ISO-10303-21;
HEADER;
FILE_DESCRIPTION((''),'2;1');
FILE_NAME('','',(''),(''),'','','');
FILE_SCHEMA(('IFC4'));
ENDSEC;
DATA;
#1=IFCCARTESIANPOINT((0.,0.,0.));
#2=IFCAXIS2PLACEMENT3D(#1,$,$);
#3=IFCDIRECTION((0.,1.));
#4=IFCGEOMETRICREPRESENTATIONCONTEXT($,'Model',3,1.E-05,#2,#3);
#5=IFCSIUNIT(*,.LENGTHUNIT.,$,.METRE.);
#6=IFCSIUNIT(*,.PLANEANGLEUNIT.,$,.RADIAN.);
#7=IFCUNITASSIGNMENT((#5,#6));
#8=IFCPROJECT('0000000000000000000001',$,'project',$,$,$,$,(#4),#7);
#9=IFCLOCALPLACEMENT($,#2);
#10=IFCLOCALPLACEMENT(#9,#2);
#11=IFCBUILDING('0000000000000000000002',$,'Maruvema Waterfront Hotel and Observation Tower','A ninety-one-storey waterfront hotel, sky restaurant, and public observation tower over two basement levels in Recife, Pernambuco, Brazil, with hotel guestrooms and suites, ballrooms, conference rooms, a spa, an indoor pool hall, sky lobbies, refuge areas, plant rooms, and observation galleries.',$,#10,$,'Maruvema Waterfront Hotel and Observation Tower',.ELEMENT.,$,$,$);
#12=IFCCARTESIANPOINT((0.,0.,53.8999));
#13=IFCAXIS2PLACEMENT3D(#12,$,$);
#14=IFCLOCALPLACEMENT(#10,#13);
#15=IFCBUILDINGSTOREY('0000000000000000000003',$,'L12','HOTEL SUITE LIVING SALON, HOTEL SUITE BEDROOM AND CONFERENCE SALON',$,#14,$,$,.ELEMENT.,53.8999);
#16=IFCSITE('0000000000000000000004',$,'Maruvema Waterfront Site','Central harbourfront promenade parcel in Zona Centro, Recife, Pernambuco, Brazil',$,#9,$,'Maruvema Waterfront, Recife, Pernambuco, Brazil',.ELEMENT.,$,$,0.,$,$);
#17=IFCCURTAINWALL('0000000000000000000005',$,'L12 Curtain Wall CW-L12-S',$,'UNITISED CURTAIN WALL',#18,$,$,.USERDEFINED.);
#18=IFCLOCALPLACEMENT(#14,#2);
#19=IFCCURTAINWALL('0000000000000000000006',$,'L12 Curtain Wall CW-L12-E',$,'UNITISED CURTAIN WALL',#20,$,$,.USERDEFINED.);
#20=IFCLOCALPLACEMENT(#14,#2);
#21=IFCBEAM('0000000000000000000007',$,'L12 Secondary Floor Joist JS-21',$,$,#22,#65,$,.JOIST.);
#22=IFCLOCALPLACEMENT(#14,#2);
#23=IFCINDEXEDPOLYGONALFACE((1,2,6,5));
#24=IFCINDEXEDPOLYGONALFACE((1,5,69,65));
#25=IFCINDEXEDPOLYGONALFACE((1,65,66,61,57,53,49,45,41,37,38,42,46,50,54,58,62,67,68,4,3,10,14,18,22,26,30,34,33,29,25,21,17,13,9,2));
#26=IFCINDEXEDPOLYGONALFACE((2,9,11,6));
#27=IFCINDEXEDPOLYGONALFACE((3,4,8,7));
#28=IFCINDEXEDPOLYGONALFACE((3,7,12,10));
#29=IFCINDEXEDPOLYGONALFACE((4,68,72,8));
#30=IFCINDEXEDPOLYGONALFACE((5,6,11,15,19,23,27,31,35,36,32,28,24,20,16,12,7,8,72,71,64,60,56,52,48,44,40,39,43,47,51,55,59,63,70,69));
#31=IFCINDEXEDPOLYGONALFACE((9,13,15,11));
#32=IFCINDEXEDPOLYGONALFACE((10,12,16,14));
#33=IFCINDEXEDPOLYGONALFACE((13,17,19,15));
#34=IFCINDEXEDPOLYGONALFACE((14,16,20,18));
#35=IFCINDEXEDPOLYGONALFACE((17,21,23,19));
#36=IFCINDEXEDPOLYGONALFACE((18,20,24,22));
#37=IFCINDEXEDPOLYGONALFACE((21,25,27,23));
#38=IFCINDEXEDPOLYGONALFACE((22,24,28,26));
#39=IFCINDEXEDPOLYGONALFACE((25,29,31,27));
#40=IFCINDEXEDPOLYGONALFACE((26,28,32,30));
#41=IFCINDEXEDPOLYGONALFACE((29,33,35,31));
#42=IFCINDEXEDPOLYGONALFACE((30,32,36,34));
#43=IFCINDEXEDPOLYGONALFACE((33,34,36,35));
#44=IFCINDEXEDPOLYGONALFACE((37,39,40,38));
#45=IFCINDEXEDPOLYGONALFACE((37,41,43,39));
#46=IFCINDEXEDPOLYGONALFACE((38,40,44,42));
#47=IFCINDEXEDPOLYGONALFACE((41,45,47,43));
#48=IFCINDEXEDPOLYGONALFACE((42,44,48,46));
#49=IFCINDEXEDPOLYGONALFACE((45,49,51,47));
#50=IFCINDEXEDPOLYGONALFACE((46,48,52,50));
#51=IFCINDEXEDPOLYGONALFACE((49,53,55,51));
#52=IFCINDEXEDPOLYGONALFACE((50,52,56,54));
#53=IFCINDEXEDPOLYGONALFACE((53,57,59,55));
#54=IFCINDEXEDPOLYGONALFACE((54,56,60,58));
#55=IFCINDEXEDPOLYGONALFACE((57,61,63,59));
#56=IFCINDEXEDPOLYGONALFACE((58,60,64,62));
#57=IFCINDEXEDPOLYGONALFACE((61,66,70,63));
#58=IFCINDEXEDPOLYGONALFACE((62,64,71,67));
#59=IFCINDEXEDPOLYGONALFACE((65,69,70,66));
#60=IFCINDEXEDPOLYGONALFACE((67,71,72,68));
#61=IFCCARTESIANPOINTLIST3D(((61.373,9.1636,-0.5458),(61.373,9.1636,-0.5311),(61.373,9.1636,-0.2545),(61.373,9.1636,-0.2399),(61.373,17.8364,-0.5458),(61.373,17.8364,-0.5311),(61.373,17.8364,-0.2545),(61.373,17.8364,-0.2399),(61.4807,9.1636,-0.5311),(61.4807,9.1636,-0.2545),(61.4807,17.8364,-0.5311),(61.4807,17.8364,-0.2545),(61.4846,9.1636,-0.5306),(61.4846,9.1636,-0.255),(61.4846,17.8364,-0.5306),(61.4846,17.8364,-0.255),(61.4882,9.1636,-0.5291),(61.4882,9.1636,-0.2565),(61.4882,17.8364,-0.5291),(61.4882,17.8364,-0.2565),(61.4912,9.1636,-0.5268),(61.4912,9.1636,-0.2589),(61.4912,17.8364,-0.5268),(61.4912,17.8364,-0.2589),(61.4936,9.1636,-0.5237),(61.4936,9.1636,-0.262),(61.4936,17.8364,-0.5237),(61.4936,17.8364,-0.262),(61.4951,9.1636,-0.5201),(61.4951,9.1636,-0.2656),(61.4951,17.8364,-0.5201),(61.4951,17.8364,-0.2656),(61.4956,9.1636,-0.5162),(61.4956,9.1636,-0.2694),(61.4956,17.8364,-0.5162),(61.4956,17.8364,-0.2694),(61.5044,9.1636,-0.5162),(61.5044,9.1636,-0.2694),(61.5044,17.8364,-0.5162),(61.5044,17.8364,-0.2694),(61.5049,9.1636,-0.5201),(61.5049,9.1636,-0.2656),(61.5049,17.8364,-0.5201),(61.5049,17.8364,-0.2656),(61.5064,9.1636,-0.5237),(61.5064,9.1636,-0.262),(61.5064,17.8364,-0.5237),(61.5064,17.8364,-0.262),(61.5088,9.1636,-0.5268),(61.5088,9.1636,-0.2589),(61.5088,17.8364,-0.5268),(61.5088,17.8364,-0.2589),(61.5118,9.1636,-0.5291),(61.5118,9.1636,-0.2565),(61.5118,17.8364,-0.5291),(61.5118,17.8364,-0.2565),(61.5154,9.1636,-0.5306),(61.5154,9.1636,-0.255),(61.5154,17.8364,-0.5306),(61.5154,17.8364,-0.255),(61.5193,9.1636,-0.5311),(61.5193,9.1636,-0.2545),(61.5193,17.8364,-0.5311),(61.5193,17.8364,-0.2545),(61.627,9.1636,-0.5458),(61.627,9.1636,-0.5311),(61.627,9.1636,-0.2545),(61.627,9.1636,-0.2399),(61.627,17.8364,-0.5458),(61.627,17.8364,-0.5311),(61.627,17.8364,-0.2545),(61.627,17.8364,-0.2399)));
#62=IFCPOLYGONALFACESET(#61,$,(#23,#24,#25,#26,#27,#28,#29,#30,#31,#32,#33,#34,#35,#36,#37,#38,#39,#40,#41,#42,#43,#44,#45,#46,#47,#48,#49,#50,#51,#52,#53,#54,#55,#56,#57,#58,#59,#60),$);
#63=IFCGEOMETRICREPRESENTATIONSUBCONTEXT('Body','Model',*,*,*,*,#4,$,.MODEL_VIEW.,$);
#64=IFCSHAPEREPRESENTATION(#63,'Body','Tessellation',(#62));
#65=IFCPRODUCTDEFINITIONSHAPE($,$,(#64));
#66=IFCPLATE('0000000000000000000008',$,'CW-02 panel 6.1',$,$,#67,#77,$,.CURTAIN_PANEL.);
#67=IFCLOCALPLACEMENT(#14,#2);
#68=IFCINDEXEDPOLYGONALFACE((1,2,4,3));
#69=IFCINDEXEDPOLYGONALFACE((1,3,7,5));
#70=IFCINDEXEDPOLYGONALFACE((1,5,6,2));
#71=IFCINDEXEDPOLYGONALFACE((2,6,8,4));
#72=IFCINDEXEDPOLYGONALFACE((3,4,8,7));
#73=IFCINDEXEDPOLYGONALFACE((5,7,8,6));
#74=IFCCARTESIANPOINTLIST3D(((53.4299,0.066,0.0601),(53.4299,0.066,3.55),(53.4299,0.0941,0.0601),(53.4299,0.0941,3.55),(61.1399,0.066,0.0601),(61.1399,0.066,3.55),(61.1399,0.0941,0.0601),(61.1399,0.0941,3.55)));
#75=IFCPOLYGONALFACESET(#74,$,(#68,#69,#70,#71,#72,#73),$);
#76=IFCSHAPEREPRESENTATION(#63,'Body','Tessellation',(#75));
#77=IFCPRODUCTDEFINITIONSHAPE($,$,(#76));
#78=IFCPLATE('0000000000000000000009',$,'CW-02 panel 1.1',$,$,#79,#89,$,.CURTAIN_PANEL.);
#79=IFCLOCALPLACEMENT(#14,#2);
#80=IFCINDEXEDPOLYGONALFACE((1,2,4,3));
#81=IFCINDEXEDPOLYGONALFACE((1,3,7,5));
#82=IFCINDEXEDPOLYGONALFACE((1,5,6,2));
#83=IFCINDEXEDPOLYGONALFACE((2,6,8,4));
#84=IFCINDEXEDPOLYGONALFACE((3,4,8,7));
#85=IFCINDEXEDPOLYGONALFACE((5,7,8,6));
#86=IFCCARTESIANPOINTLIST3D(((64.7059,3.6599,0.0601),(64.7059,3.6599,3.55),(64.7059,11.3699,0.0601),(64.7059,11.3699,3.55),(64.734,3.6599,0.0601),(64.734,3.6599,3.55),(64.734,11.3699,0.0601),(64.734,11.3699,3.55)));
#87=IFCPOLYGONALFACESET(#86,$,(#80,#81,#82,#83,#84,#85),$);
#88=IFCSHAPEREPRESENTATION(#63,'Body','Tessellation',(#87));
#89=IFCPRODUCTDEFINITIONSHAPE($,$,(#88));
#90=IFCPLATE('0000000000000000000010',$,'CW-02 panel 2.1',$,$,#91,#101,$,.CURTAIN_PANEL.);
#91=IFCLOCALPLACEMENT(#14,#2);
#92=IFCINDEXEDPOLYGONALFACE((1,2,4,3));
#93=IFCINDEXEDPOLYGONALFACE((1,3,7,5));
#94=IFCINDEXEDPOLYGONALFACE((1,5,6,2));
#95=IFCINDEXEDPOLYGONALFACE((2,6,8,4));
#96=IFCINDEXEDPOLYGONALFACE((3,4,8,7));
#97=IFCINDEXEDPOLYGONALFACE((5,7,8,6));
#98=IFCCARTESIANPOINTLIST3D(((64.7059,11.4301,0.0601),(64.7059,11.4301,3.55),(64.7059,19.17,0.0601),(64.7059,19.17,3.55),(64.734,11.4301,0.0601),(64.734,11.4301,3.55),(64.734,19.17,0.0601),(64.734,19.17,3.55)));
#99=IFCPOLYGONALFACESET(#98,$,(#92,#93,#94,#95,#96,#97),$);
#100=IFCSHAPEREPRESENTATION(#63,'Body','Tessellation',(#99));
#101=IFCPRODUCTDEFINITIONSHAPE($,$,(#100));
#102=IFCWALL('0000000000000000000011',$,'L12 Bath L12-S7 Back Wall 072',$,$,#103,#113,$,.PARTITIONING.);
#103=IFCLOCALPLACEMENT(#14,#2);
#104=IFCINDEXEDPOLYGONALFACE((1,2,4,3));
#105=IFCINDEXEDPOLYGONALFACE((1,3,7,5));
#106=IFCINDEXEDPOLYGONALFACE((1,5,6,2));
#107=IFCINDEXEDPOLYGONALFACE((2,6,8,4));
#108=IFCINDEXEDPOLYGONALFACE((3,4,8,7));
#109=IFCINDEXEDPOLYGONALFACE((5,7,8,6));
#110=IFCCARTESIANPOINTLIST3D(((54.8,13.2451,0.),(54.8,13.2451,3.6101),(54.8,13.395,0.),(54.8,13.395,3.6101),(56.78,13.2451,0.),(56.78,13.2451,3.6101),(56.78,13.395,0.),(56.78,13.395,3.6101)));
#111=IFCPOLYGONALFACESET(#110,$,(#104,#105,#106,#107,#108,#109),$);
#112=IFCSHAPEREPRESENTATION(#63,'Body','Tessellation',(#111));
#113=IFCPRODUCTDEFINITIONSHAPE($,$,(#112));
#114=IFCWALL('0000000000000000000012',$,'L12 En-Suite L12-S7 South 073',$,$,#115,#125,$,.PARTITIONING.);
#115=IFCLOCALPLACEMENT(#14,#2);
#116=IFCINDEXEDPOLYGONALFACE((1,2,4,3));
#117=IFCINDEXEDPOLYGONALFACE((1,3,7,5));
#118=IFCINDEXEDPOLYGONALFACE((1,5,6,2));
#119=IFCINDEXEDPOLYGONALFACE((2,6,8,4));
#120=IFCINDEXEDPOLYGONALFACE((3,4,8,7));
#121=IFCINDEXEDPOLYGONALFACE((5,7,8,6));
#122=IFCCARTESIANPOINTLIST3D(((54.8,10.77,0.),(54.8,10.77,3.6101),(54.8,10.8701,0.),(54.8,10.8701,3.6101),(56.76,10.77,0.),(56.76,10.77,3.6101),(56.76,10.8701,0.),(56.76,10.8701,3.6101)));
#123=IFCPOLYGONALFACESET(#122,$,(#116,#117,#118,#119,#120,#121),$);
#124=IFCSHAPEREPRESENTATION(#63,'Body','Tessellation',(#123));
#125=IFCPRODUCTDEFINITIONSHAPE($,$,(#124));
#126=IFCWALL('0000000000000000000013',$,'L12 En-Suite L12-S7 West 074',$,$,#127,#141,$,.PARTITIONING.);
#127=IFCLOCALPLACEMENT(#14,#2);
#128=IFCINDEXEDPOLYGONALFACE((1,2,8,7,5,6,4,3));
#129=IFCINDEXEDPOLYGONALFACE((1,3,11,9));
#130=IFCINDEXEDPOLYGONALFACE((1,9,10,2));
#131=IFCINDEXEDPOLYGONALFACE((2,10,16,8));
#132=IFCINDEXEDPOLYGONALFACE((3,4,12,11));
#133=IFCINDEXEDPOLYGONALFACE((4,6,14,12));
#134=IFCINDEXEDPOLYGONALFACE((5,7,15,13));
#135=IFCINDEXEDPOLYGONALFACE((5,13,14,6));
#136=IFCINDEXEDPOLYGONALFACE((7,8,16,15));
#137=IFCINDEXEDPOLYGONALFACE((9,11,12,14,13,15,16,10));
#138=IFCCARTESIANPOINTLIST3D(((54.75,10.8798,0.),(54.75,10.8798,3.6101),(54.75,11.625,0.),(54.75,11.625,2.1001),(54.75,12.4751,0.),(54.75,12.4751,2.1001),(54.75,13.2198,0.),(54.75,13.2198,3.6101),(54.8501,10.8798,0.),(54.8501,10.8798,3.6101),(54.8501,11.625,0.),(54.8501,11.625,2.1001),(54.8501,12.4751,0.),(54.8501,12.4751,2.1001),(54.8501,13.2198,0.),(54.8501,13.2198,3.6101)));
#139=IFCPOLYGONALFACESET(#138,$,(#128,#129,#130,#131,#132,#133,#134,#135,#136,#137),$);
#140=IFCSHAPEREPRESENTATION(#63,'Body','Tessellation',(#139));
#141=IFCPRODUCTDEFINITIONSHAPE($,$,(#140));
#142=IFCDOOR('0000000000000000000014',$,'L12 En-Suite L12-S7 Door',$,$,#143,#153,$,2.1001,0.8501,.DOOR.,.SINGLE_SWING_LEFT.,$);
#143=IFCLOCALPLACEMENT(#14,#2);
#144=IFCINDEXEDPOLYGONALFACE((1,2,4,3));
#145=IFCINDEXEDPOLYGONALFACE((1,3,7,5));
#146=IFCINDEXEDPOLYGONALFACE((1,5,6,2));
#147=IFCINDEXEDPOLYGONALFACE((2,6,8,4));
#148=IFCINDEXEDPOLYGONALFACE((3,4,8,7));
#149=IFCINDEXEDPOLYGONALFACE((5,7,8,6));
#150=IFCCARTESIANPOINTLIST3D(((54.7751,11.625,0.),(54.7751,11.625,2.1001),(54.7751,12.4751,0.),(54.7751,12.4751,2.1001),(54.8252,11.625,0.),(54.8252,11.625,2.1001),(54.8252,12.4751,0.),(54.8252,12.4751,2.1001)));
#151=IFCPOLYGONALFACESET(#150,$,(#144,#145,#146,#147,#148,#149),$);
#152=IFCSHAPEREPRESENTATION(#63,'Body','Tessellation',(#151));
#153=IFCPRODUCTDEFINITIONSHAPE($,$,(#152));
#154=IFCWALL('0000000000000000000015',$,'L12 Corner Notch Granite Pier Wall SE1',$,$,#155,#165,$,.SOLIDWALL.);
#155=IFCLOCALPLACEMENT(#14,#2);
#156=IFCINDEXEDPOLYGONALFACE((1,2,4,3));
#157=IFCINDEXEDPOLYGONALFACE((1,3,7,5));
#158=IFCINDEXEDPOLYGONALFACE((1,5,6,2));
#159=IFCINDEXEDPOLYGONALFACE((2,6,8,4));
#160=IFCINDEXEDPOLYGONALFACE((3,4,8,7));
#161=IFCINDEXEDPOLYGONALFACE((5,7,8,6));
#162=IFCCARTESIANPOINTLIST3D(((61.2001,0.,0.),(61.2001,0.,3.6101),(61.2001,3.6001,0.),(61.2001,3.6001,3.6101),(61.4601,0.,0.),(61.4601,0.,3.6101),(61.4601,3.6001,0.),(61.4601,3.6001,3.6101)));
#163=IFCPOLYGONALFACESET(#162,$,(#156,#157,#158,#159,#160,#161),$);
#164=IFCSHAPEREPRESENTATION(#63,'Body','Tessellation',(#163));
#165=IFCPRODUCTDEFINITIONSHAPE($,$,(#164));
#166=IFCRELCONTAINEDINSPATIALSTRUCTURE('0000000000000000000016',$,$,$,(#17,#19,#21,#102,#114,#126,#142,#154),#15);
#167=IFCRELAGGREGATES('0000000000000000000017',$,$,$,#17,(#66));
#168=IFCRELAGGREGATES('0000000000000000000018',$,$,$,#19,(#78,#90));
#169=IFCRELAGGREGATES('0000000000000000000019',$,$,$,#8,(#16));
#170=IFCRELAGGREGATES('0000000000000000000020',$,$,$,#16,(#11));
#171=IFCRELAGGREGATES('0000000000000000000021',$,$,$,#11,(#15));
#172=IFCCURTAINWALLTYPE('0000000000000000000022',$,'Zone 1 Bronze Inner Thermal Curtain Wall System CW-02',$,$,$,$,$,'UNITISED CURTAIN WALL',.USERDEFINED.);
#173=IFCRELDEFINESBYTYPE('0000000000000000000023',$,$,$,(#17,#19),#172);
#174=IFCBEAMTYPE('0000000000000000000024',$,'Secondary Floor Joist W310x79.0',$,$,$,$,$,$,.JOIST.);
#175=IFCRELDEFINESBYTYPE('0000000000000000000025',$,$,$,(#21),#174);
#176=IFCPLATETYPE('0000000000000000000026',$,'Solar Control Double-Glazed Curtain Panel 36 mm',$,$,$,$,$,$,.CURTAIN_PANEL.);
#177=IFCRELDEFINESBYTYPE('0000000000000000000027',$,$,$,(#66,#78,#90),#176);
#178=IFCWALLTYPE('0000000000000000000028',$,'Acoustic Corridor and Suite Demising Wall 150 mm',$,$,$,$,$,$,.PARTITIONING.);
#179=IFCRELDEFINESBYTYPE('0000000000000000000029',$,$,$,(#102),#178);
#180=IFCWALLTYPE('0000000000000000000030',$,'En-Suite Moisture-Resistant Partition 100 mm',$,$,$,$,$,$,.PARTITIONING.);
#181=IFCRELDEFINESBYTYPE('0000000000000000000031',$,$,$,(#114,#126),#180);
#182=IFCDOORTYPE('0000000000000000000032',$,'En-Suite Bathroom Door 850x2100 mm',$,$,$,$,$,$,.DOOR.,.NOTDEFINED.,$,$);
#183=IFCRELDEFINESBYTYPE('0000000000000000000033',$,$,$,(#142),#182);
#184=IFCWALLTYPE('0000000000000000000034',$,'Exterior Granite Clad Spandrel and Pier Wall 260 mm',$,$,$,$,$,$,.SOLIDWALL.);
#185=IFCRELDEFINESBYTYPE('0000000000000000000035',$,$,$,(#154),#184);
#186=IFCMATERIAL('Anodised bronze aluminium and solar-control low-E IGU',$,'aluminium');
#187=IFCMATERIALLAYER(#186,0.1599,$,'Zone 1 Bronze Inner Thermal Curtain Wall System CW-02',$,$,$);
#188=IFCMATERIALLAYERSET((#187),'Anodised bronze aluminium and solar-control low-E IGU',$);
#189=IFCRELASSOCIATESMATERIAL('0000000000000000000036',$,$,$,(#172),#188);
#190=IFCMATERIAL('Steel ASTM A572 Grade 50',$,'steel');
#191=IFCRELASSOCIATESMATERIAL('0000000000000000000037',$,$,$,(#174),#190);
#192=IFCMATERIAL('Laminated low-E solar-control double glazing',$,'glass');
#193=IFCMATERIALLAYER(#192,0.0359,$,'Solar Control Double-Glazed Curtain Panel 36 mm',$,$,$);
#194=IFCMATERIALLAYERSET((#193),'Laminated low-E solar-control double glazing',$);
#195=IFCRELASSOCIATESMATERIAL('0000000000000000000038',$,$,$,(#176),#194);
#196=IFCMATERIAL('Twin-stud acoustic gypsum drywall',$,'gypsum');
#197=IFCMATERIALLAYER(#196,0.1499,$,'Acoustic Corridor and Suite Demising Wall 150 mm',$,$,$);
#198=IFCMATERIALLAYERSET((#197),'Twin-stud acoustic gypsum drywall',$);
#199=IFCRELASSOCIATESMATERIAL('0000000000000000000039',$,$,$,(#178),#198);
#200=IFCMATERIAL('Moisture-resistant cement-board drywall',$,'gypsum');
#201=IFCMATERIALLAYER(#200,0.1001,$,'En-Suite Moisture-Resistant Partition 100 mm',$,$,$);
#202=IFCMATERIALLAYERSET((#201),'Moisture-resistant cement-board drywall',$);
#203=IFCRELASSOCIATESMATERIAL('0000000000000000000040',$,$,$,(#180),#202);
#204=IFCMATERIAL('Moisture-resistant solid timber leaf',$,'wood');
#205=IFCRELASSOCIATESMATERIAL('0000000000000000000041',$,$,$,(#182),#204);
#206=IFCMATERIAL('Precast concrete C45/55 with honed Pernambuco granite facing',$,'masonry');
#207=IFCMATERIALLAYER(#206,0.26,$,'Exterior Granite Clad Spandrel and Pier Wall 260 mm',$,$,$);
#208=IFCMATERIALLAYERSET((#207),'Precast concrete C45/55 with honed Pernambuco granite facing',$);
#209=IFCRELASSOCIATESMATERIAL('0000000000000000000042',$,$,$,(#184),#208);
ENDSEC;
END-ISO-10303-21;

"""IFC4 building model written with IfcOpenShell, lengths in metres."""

from ifc_helpers import new_model, si_unit, direction, frame, frame_2d, origin, origin_2d, place, context, subcontext, project, spatial, rectangle, i_section, extrude, material, layer, layer_set, material_profile, profile_set, type_object, element, fill, aggregate, save


model = new_model("IFC4")

# Units and contexts
model_context = context("Model", 3, precision=1e-05, world=origin(), true_north=direction((0.0, 1.0)))
body_context = subcontext(model_context, "Body", "Model", "MODEL_VIEW")
ifc_project = project(units=[si_unit("LENGTHUNIT", "METRE"), si_unit("PLANEANGLEUNIT", "RADIAN")], contexts=[model_context])

# Site, building, storey
site_placement = place(None, origin())
site = spatial("IfcSite", under=ifc_project, at=site_placement, Name="Maruvema Waterfront Site", Description="Central harbourfront promenade parcel in Zona Centro, Recife, Pernambuco, Brazil", LongName="Maruvema Waterfront, Recife, Pernambuco, Brazil", CompositionType="ELEMENT", RefElevation=0.0)
building_placement = place(site_placement, origin())
building = spatial("IfcBuilding", under=site, at=building_placement, Name="Maruvema Waterfront Hotel and Observation Tower", Description="A ninety-one-storey waterfront hotel, sky restaurant, and public observation tower over two basement levels in Recife, Pernambuco, Brazil, with hotel guestrooms and suites, ballrooms, conference rooms, a spa, an indoor pool hall, sky lobbies, refuge areas, plant rooms, and observation galleries.", LongName="Maruvema Waterfront Hotel and Observation Tower", CompositionType="ELEMENT")
storey_placement = place(building_placement, frame((0.0, 0.0, 53.8999)))
storey = spatial("IfcBuildingStorey", under=building, at=storey_placement, Name="L12", Description="HOTEL SUITE LIVING SALON, HOTEL SUITE BEDROOM AND CONFERENCE SALON", CompositionType="ELEMENT", Elevation=53.8999)

# Curtain walls
ifc_material_1 = material(Name="Anodised bronze aluminium and solar-control low-E IGU", Category="aluminium")
ifc_layer_1 = layer(ifc_material_1, 0.1599, Name="Zone 1 Bronze Inner Thermal Curtain Wall System CW-02")
ifc_layer_set_1 = layer_set([ifc_layer_1], Name="Anodised bronze aluminium and solar-control low-E IGU")
curtain_wall_type = type_object("IfcCurtainWallType", Name="Zone 1 Bronze Inner Thermal Curtain Wall System CW-02", ElementType="UNITISED CURTAIN WALL", PredefinedType="USERDEFINED", material=ifc_layer_set_1)
curtain_wall_1_placement = place(storey_placement, origin())
curtain_wall_1 = element("IfcCurtainWall", 1, at=curtain_wall_1_placement, inside=storey, type_object=curtain_wall_type, Name="L12 Curtain Wall CW-L12-S", ObjectType="UNITISED CURTAIN WALL", PredefinedType="USERDEFINED")
curtain_wall_2_placement = place(storey_placement, origin())
curtain_wall_2 = element("IfcCurtainWall", 2, at=curtain_wall_2_placement, inside=storey, type_object=curtain_wall_type, Name="L12 Curtain Wall CW-L12-E", ObjectType="UNITISED CURTAIN WALL", PredefinedType="USERDEFINED")

# Beam
ifc_material_2 = material(Name="Steel ASTM A572 Grade 50", Category="steel")
ifc_material_profile_1 = material_profile(ifc_material_2, i_section(OverallWidth=0.2539, OverallDepth=0.3059, WebThickness=0.0088, FlangeThickness=0.0146, FilletRadius=0.0149, at=origin_2d()), Name="W310x79.0")
ifc_profile_set_1 = profile_set([ifc_material_profile_1], Name="Steel ASTM A572 Grade 50")
beam_type_1 = type_object("IfcBeamType", Name="Secondary Floor Joist W310x79.0", PredefinedType="JOIST", material=ifc_profile_set_1)
beam_1_placement = place(storey_placement, frame((61.5, 9.1636, -0.3928), z_axis=(0.0, 1.0, 0.0), x_axis=(-1.0, 0.0, 0.0)))
element("IfcBeam", 3, at=beam_1_placement, inside=storey, type_object=beam_type_1, Name="L12 Secondary Floor Joist JS-21", PredefinedType="JOIST", context=body_context, shape_type="SweptSolid", body=[
    extrude(i_section(OverallWidth=0.2539, OverallDepth=0.3059, WebThickness=0.0088, FlangeThickness=0.0146, FilletRadius=0.0149, at=origin_2d()), origin(), (0.0, 0.0, 1.0), 8.6729),
])

# Plates
ifc_material_3 = material(Name="Laminated low-E solar-control double glazing", Category="glass")
ifc_layer_2 = layer(ifc_material_3, 0.0359, Name="Solar Control Double-Glazed Curtain Panel 36 mm")
ifc_layer_set_2 = layer_set([ifc_layer_2], Name="Laminated low-E solar-control double glazing")
plate_type = type_object("IfcPlateType", Name="Solar Control Double-Glazed Curtain Panel 36 mm", PredefinedType="CURTAIN_PANEL", material=ifc_layer_set_2)
plate_1_placement = place(storey_placement, frame((57.2849, 0.0801, 0.0601), z_axis=(0.0, 0.0, 1.0), x_axis=(1.0, 0.0, 0.0)))
plate_1 = element("IfcPlate", 4, at=plate_1_placement, type_object=plate_type, Name="CW-02 panel 6.1", PredefinedType="CURTAIN_PANEL", context=body_context, shape_type="SweptSolid", body=[
    extrude(rectangle(XDim=7.71, YDim=0.0281, at=origin_2d()), origin(), (0.0, 0.0, 1.0), 3.49),
])
aggregate(curtain_wall_1, [plate_1])
plate_2_placement = place(storey_placement, frame((64.72, 7.5149, 0.0601), z_axis=(0.0, 0.0, 1.0), x_axis=(0.0, 1.0, 0.0)))
plate_2 = element("IfcPlate", 5, at=plate_2_placement, type_object=plate_type, Name="CW-02 panel 1.1", PredefinedType="CURTAIN_PANEL", context=body_context, shape_type="SweptSolid", body=[
    extrude(rectangle(XDim=7.71, YDim=0.0281, at=origin_2d()), origin(), (0.0, 0.0, 1.0), 3.49),
])
plate_3_placement = place(storey_placement, frame((64.72, 15.3, 0.0601), z_axis=(0.0, 0.0, 1.0), x_axis=(0.0, 1.0, 0.0)))
plate_3 = element("IfcPlate", 6, at=plate_3_placement, type_object=plate_type, Name="CW-02 panel 2.1", PredefinedType="CURTAIN_PANEL", context=body_context, shape_type="SweptSolid", body=[
    extrude(rectangle(XDim=7.74, YDim=0.0281, at=origin_2d()), origin(), (0.0, 0.0, 1.0), 3.49),
])
aggregate(curtain_wall_2, [plate_2, plate_3])

# Walls
ifc_material_4 = material(Name="Twin-stud acoustic gypsum drywall", Category="gypsum")
ifc_layer_3 = layer(ifc_material_4, 0.1499, Name="Acoustic Corridor and Suite Demising Wall 150 mm")
ifc_layer_set_3 = layer_set([ifc_layer_3], Name="Twin-stud acoustic gypsum drywall")
wall_type_1 = type_object("IfcWallType", Name="Acoustic Corridor and Suite Demising Wall 150 mm", PredefinedType="PARTITIONING", material=ifc_layer_set_3)
wall_1_placement = place(storey_placement, frame((54.8, 13.3201, 0.0), z_axis=(0.0, 0.0, 1.0), x_axis=(1.0, 0.0, 0.0)))
element("IfcWall", 7, at=wall_1_placement, inside=storey, type_object=wall_type_1, Name="L12 Bath L12-S7 Back Wall 072", PredefinedType="PARTITIONING", context=body_context, shape_type="SweptSolid", body=[
    extrude(rectangle(XDim=1.98, YDim=0.1499, at=frame_2d((0.99, 0.0))), origin(), (0.0, 0.0, 1.0), 3.6101),
])
ifc_material_5 = material(Name="Moisture-resistant cement-board drywall", Category="gypsum")
ifc_layer_4 = layer(ifc_material_5, 0.1001, Name="En-Suite Moisture-Resistant Partition 100 mm")
ifc_layer_set_4 = layer_set([ifc_layer_4], Name="Moisture-resistant cement-board drywall")
wall_type_2 = type_object("IfcWallType", Name="En-Suite Moisture-Resistant Partition 100 mm", PredefinedType="PARTITIONING", material=ifc_layer_set_4)
wall_2_placement = place(storey_placement, frame((54.8, 10.8201, 0.0), z_axis=(0.0, 0.0, 1.0), x_axis=(1.0, 0.0, 0.0)))
element("IfcWall", 8, at=wall_2_placement, inside=storey, type_object=wall_type_2, Name="L12 En-Suite L12-S7 South 073", PredefinedType="PARTITIONING", context=body_context, shape_type="SweptSolid", body=[
    extrude(rectangle(XDim=1.96, YDim=0.1001, at=frame_2d((0.98, 0.0))), origin(), (0.0, 0.0, 1.0), 3.6101),
])

# Wall, opening, door
wall_3_placement = place(storey_placement, frame((54.8, 10.8799, 0.0), z_axis=(0.0, 0.0, 1.0), x_axis=(0.0, 1.0, 0.0)))
wall_3 = element("IfcWall", 9, at=wall_3_placement, inside=storey, type_object=wall_type_2, Name="L12 En-Suite L12-S7 West 074", PredefinedType="PARTITIONING", context=body_context, shape_type="SweptSolid", body=[
    extrude(rectangle(XDim=2.3401, YDim=0.1001, at=frame_2d((1.1699, 0.0))), origin(), (0.0, 0.0, 1.0), 3.6101),
])
opening_1_placement = place(wall_3_placement, frame((0.7451, 0.0, 0.0)))
opening_1 = element("IfcOpeningElement", 10, at=opening_1_placement, cuts=wall_3, PredefinedType="OPENING", context=body_context, shape_type="SweptSolid", body=[
    extrude(rectangle(XDim=0.8501, YDim=2.1001, at=frame_2d((0.425, 1.05))), frame((0.0, 0.0601, 0.0), z_axis=(0.0, -1.0, 0.0), x_axis=(1.0, 0.0, 0.0)), (0.0, 0.0, 1.0), 0.1201),
])
ifc_material_6 = material(Name="Moisture-resistant solid timber leaf", Category="wood")
door_type = type_object("IfcDoorType", Name="En-Suite Bathroom Door 850x2100 mm", OperationType="NOTDEFINED", PredefinedType="DOOR", material=ifc_material_6)
door_placement = place(opening_1_placement, origin())
door = element("IfcDoor", 11, at=door_placement, inside=storey, type_object=door_type, Name="L12 En-Suite L12-S7 Door", OperationType="SINGLE_SWING_LEFT", OverallHeight=2.1001, OverallWidth=0.8501, PredefinedType="DOOR", context=body_context, shape_type="SweptSolid", body=[
    extrude(rectangle(XDim=0.8501, YDim=2.1001, at=frame_2d((0.425, 1.05))), frame((0.0, 0.0249, 0.0), z_axis=(0.0, -1.0, 0.0), x_axis=(1.0, 0.0, 0.0)), (0.0, 0.0, 1.0), 0.05),
])
fill(opening_1, door)

# Wall
ifc_material_7 = material(Name="Precast concrete C45/55 with honed Pernambuco granite facing", Category="masonry")
ifc_layer_5 = layer(ifc_material_7, 0.26, Name="Exterior Granite Clad Spandrel and Pier Wall 260 mm")
ifc_layer_set_5 = layer_set([ifc_layer_5], Name="Precast concrete C45/55 with honed Pernambuco granite facing")
wall_type_3 = type_object("IfcWallType", Name="Exterior Granite Clad Spandrel and Pier Wall 260 mm", PredefinedType="SOLIDWALL", material=ifc_layer_set_5)
wall_4_placement = place(storey_placement, frame((61.3301, 3.6001, 0.0), z_axis=(0.0, 0.0, 1.0), x_axis=(0.0, -1.0, 0.0)))
element("IfcWall", 12, at=wall_4_placement, inside=storey, type_object=wall_type_3, Name="L12 Corner Notch Granite Pier Wall SE1", PredefinedType="SOLIDWALL", context=body_context, shape_type="SweptSolid", body=[
    extrude(rectangle(XDim=3.6001, YDim=0.26, at=frame_2d((1.8, 0.0))), origin(), (0.0, 0.0, 1.0), 3.6101),
])

save(model, "model.ifc")
